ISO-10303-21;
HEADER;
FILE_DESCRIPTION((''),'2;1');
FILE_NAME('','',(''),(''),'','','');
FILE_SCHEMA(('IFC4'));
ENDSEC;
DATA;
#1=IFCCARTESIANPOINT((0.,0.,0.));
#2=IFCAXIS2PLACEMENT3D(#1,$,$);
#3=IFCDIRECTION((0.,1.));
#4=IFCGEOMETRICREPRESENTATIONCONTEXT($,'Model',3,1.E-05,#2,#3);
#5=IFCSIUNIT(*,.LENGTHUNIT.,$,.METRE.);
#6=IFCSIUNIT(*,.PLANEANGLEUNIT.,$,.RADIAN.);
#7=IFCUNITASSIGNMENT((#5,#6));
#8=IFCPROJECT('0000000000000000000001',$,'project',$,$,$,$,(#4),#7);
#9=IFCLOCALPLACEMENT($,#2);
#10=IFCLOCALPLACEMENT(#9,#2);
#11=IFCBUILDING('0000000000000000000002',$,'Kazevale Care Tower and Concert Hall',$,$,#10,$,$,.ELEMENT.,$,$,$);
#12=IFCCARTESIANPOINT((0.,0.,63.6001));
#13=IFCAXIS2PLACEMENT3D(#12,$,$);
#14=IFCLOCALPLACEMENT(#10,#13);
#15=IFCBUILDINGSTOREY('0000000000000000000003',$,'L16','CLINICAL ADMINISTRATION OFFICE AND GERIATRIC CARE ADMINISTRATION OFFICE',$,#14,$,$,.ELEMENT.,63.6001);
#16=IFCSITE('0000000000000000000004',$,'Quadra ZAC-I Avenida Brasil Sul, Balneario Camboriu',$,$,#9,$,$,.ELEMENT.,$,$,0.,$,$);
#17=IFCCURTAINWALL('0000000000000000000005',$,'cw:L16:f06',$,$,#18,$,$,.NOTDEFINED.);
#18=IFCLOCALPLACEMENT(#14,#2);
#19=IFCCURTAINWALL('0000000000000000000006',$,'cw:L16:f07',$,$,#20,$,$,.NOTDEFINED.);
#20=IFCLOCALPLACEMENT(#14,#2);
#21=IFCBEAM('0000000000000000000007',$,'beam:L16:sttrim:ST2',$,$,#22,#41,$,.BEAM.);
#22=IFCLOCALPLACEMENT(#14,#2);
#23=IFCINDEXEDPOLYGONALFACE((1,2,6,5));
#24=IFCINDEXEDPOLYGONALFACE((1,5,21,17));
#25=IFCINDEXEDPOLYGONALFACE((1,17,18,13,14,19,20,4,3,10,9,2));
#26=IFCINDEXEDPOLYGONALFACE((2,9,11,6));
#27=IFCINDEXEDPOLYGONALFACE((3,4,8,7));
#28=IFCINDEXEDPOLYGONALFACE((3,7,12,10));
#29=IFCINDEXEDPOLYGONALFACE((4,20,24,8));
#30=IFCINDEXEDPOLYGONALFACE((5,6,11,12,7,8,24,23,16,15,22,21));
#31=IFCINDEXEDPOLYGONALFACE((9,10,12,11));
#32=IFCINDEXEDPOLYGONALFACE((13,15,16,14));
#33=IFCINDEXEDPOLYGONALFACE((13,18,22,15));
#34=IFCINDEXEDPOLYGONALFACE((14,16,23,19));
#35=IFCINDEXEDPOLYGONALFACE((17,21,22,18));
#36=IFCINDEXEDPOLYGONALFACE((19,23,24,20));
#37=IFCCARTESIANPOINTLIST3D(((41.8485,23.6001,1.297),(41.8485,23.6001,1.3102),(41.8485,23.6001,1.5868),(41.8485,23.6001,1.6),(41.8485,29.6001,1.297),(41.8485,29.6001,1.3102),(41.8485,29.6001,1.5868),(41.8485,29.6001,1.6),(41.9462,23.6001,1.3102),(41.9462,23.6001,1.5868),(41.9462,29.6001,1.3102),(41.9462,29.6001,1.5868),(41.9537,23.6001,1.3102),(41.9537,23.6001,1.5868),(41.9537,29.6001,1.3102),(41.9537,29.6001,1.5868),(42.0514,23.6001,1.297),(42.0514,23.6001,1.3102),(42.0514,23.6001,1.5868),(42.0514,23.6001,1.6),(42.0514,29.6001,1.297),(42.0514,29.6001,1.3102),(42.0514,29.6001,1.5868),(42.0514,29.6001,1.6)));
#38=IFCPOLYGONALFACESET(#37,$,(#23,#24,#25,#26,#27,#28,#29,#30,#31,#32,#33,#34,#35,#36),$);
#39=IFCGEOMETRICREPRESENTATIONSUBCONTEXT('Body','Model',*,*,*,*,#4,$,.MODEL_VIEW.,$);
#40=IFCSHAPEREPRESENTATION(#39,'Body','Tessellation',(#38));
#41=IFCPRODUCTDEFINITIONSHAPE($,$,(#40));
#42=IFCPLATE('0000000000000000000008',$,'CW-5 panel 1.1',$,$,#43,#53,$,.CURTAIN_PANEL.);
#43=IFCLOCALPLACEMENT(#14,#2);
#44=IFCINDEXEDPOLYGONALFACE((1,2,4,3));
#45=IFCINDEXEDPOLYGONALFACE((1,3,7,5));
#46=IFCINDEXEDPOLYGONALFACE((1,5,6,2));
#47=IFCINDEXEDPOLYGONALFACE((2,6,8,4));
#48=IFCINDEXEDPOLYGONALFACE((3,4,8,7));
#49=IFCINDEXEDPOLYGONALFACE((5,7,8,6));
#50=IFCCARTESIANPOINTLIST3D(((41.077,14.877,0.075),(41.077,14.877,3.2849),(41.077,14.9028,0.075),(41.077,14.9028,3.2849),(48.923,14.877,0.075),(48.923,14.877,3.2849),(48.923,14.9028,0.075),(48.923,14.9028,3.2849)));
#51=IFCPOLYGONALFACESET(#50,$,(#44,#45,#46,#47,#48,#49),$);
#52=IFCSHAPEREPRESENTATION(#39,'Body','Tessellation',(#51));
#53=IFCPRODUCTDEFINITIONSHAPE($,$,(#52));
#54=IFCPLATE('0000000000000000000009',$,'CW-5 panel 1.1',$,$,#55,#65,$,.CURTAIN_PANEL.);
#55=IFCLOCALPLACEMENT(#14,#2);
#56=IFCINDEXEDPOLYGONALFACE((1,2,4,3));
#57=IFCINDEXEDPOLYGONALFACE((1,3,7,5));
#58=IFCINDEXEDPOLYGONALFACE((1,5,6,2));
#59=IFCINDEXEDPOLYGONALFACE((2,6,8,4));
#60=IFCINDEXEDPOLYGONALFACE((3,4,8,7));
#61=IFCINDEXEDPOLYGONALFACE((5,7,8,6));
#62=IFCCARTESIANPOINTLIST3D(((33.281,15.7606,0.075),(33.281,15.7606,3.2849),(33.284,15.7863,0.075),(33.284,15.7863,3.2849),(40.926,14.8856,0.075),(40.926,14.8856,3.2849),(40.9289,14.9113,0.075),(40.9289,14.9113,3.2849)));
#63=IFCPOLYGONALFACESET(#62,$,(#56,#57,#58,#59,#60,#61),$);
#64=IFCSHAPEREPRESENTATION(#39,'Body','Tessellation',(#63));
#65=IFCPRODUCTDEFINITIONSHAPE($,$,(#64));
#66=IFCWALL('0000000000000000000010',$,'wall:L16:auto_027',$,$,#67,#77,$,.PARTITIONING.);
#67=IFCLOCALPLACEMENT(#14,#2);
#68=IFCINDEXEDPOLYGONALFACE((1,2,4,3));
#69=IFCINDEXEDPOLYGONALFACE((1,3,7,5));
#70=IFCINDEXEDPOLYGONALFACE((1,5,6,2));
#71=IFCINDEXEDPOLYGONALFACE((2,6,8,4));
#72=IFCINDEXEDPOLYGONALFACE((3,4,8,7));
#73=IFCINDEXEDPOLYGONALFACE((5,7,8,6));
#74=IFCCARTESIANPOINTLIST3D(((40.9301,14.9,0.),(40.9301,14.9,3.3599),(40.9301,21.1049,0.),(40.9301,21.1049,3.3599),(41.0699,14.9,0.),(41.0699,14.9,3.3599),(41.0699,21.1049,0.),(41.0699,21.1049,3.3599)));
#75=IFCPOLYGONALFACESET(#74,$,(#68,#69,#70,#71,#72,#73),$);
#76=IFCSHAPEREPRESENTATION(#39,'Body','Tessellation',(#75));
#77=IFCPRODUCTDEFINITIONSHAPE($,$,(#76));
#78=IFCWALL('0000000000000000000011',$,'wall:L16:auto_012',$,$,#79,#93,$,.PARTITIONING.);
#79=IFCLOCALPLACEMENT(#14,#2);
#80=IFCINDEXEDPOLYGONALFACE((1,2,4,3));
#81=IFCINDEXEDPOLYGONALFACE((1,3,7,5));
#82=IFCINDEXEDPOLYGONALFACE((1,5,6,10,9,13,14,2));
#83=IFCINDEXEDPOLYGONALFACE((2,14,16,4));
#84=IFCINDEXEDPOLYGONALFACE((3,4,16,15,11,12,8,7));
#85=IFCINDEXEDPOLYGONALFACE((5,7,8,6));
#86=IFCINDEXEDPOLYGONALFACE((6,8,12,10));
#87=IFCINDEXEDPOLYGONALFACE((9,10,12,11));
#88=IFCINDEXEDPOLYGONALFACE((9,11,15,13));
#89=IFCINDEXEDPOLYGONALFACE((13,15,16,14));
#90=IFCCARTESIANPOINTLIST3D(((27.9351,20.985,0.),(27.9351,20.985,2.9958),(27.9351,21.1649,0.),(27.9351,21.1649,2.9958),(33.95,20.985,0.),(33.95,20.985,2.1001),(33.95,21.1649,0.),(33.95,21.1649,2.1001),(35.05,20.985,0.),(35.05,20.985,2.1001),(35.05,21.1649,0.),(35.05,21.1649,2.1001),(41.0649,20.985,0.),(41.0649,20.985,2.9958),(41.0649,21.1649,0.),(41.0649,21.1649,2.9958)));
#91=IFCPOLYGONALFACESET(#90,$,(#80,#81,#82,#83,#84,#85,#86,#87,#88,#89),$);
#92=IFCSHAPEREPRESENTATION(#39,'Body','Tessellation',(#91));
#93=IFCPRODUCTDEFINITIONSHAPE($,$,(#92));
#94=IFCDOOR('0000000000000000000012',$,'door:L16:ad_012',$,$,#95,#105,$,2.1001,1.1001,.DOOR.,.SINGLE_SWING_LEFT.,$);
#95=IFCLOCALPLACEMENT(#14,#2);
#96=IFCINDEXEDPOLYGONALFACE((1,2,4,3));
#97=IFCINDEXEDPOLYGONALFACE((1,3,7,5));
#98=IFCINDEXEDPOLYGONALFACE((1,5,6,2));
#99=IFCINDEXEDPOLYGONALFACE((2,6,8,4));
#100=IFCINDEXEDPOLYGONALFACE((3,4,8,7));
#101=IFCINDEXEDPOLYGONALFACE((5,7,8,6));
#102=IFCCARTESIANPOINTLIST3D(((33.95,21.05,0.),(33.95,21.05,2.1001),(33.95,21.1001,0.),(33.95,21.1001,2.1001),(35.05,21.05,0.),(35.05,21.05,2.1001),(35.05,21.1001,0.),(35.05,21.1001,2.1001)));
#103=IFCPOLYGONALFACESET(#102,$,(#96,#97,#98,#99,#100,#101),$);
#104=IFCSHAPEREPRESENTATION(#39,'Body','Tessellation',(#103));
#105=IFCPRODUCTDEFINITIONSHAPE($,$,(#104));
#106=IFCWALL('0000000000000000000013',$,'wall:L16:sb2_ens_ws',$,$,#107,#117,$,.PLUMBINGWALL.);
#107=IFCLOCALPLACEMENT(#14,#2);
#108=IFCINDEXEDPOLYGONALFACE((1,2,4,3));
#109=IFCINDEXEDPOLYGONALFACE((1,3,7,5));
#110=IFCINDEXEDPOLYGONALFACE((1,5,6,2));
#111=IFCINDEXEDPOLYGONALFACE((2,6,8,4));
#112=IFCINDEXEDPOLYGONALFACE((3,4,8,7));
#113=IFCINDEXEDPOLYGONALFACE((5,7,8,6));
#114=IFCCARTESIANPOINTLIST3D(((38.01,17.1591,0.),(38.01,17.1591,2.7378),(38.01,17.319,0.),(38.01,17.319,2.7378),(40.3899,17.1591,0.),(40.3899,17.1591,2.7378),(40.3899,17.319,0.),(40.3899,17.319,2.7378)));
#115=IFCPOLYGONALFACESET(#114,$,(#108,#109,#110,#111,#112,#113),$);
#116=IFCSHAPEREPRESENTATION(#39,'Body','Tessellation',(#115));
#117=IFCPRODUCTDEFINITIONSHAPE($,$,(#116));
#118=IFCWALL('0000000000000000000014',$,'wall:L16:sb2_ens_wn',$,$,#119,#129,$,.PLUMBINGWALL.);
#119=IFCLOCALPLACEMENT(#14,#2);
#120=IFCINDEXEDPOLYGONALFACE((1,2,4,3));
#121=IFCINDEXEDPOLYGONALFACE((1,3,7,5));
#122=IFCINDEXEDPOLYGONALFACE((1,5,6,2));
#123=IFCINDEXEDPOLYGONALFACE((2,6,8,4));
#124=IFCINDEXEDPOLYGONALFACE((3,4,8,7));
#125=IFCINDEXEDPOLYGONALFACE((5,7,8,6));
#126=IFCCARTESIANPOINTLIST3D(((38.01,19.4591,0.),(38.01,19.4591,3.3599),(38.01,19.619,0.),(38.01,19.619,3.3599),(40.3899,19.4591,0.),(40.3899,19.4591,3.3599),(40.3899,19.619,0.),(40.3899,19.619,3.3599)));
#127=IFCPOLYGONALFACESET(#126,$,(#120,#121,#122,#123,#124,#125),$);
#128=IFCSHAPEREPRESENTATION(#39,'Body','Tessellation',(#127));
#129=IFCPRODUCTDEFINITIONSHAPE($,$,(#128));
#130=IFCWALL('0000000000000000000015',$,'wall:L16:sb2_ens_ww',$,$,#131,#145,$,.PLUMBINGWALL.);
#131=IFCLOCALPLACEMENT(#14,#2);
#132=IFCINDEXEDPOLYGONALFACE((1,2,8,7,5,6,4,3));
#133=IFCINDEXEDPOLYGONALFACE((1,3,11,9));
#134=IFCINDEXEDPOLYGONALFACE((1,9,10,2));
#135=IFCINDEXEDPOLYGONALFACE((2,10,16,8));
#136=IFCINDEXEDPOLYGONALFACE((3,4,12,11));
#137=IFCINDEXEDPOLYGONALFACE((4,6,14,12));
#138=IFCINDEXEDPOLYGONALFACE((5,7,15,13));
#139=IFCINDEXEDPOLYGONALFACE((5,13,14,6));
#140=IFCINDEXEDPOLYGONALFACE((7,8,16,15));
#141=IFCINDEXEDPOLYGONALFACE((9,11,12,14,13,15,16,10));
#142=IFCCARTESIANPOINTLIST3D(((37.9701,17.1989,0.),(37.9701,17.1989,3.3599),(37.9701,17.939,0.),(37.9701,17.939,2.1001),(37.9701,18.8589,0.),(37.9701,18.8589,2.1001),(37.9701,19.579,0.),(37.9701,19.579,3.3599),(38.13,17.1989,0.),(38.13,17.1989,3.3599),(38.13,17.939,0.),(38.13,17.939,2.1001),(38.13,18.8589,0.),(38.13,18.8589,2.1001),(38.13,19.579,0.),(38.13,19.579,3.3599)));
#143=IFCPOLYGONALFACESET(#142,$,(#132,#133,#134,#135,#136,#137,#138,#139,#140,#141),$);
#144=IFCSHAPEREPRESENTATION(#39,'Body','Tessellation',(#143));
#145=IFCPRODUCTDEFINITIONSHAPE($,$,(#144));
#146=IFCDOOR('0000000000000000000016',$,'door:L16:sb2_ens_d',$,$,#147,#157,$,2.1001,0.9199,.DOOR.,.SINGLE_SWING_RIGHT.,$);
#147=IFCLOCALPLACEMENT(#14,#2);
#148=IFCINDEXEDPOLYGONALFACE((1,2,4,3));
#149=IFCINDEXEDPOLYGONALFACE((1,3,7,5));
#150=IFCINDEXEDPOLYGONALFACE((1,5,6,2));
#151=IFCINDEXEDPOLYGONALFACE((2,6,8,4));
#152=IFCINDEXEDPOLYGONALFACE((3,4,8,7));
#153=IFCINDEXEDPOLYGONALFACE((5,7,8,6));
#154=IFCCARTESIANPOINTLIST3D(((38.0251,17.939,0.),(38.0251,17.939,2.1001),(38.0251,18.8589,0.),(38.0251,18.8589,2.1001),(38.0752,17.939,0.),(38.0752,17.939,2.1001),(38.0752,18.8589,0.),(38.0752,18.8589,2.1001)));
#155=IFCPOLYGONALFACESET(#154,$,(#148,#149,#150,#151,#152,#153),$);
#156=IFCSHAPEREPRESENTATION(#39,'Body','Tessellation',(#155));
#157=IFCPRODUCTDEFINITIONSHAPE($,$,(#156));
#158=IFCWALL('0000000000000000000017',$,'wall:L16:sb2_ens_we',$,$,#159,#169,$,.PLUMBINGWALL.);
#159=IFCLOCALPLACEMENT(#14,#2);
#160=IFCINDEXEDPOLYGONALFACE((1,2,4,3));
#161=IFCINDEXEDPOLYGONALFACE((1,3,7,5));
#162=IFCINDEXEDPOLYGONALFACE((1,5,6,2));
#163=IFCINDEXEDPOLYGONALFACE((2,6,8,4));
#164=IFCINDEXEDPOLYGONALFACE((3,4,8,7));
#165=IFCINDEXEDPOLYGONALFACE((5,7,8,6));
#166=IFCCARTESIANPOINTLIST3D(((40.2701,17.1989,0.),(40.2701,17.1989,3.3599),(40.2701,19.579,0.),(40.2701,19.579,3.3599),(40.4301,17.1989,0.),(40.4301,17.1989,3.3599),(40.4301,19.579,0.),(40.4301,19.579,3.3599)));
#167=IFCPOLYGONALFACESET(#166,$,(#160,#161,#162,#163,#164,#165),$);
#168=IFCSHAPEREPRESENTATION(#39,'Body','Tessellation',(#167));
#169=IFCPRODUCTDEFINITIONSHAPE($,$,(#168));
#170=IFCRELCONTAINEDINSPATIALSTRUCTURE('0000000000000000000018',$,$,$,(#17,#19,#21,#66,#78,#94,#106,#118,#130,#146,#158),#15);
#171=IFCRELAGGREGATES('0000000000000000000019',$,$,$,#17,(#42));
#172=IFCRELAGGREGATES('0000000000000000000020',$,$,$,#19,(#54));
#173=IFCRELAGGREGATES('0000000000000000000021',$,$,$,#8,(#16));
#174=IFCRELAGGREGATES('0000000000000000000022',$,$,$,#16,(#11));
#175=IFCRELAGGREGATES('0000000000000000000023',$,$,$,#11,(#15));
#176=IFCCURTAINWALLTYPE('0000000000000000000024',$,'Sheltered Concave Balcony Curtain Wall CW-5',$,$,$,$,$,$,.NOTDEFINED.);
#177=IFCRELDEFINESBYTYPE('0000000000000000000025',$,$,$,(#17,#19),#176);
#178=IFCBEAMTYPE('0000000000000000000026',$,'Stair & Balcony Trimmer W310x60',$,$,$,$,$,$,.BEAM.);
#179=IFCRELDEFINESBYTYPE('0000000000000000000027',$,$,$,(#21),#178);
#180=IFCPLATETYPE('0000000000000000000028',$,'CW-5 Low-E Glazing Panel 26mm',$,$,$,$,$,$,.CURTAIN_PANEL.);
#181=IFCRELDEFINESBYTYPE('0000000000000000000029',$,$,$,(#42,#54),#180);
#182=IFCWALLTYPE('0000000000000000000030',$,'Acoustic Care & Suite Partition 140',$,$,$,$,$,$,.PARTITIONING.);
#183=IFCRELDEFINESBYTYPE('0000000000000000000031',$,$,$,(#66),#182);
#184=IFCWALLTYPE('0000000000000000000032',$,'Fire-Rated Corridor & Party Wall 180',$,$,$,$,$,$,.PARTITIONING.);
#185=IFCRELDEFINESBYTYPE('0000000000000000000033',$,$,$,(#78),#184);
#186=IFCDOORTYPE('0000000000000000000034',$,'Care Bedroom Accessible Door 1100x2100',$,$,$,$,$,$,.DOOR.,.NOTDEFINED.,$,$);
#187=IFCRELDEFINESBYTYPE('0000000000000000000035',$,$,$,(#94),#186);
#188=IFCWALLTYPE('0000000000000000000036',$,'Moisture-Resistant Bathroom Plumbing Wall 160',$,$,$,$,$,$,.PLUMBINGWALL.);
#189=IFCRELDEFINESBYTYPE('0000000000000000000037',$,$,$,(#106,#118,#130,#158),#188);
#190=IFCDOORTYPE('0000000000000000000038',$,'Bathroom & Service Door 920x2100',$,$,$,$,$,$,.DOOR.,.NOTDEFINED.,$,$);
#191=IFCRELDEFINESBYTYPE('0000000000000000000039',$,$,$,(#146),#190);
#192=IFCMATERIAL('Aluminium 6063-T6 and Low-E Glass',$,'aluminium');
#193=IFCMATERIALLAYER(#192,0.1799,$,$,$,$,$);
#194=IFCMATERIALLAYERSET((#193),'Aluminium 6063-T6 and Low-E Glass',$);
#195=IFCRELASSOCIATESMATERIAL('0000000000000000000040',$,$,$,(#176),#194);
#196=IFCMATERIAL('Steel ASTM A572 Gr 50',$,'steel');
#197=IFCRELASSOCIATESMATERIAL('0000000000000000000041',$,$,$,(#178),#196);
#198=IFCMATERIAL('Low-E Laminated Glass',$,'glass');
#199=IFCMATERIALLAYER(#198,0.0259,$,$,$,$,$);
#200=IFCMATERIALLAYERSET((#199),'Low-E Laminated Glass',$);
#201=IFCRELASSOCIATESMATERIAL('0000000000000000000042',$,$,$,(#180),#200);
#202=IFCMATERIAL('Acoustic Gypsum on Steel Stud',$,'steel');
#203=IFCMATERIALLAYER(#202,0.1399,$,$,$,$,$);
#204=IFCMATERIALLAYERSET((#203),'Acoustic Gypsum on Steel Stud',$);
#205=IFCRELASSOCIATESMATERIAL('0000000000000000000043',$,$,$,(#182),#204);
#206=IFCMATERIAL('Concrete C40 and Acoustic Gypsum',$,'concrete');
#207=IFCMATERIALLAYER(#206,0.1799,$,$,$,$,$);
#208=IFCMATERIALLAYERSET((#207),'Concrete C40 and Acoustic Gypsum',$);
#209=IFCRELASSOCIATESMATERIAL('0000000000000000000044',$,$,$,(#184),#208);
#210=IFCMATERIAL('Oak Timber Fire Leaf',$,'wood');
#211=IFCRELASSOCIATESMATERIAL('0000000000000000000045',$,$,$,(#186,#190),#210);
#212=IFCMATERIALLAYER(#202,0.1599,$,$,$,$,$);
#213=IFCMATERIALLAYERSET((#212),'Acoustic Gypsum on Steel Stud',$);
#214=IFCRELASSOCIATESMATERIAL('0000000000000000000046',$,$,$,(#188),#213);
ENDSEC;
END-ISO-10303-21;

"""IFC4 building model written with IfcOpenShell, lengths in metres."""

from ifc_helpers import new_model, si_unit, direction, frame, frame_2d, origin, origin_2d, place, context, subcontext, project, spatial, rectangle, i_section, extrude, material, layer, layer_set, material_profile, profile_set, type_object, element, fill, aggregate, save


model = new_model("IFC4")

# Units and contexts
model_context = context("Model", 3, precision=1e-05, world=origin(), true_north=direction((0.0, 1.0)))
body_context = subcontext(model_context, "Body", "Model", "MODEL_VIEW")
ifc_project = project(units=[si_unit("LENGTHUNIT", "METRE"), si_unit("PLANEANGLEUNIT", "RADIAN")], contexts=[model_context])

# Site, building, storey
site_placement = place(None, origin())
site = spatial("IfcSite", under=ifc_project, at=site_placement, Name="Quadra ZAC-I Avenida Brasil Sul, Balneario Camboriu", CompositionType="ELEMENT", RefElevation=0.0)
building_placement = place(site_placement, origin())
building = spatial("IfcBuilding", under=site, at=building_placement, Name="Kazevale Care Tower and Concert Hall", CompositionType="ELEMENT")
storey_placement = place(building_placement, frame((0.0, 0.0, 63.6001)))
storey = spatial("IfcBuildingStorey", under=building, at=storey_placement, Name="L16", Description="CLINICAL ADMINISTRATION OFFICE AND GERIATRIC CARE ADMINISTRATION OFFICE", CompositionType="ELEMENT", Elevation=63.6001)

# Curtain wall
ifc_material_1 = material(Name="Aluminium 6063-T6 and Low-E Glass", Category="aluminium")
ifc_layer_1 = layer(ifc_material_1, 0.1799)
ifc_layer_set_1 = layer_set([ifc_layer_1], Name="Aluminium 6063-T6 and Low-E Glass")
curtain_wall_type = type_object("IfcCurtainWallType", Name="Sheltered Concave Balcony Curtain Wall CW-5", PredefinedType="NOTDEFINED", material=ifc_layer_set_1)
curtain_wall_1_placement = place(storey_placement, origin())
curtain_wall_1 = element("IfcCurtainWall", 1, at=curtain_wall_1_placement, inside=storey, type_object=curtain_wall_type, Name="cw:L16:f06", PredefinedType="NOTDEFINED")

# Curtain wall
curtain_wall_2_placement = place(storey_placement, origin())
curtain_wall_2 = element("IfcCurtainWall", 2, at=curtain_wall_2_placement, inside=storey, type_object=curtain_wall_type, Name="cw:L16:f07", PredefinedType="NOTDEFINED")

# Beam
ifc_material_2 = material(Name="Steel ASTM A572 Gr 50", Category="steel")
ifc_material_profile_1 = material_profile(ifc_material_2, i_section(OverallWidth=0.2029, OverallDepth=0.303, WebThickness=0.0076, FlangeThickness=0.0132, at=origin_2d()), Name="W310x60")
ifc_profile_set_1 = profile_set([ifc_material_profile_1], Name="Steel ASTM A572 Gr 50")
beam_type_1 = type_object("IfcBeamType", Name="Stair & Balcony Trimmer W310x60", PredefinedType="BEAM", material=ifc_profile_set_1)
beam_1_placement = place(storey_placement, frame((41.95, 23.6001, 1.4485), z_axis=(0.0, 1.0, 0.0), x_axis=(-1.0, 0.0, 0.0)))
element("IfcBeam", 3, at=beam_1_placement, inside=storey, type_object=beam_type_1, Name="beam:L16:sttrim:ST2", PredefinedType="BEAM", context=body_context, shape_type="SweptSolid", body=[
    extrude(i_section(OverallWidth=0.2029, OverallDepth=0.303, WebThickness=0.0076, FlangeThickness=0.0132, at=origin_2d()), origin(), (0.0, 0.0, 1.0), 6.0),
])

# Plates
ifc_material_3 = material(Name="Low-E Laminated Glass", Category="glass")
ifc_layer_2 = layer(ifc_material_3, 0.0259)
ifc_layer_set_2 = layer_set([ifc_layer_2], Name="Low-E Laminated Glass")
plate_type = type_object("IfcPlateType", Name="CW-5 Low-E Glazing Panel 26mm", PredefinedType="CURTAIN_PANEL", material=ifc_layer_set_2)
plate_1_placement = place(storey_placement, frame((45.0, 14.8899, 0.075), z_axis=(0.0, 0.0, 1.0), x_axis=(-1.0, 0.0, 0.0)))
plate_1 = element("IfcPlate", 4, at=plate_1_placement, type_object=plate_type, Name="CW-5 panel 1.1", PredefinedType="CURTAIN_PANEL", context=body_context, shape_type="SweptSolid", body=[
    extrude(rectangle(XDim=7.8459, YDim=0.0259, at=origin_2d()), origin(), (0.0, 0.0, 1.0), 3.21),
])
aggregate(curtain_wall_1, [plate_1])
plate_2_placement = place(storey_placement, frame((37.105, 15.3359, 0.075), z_axis=(0.0, 0.0, 1.0), x_axis=(-0.993515, 0.113705, 0.0)))
plate_2 = element("IfcPlate", 5, at=plate_2_placement, type_object=plate_type, Name="CW-5 panel 1.1", PredefinedType="CURTAIN_PANEL", context=body_context, shape_type="SweptSolid", body=[
    extrude(rectangle(XDim=7.6948, YDim=0.0259, at=origin_2d()), origin(), (0.0, 0.0, 1.0), 3.21),
])
aggregate(curtain_wall_2, [plate_2])

# Wall
ifc_material_4 = material(Name="Acoustic Gypsum on Steel Stud", Category="steel")
ifc_layer_3 = layer(ifc_material_4, 0.1399)
ifc_layer_set_3 = layer_set([ifc_layer_3], Name="Acoustic Gypsum on Steel Stud")
wall_type_1 = type_object("IfcWallType", Name="Acoustic Care & Suite Partition 140", PredefinedType="PARTITIONING", material=ifc_layer_set_3)
wall_1_placement = place(storey_placement, frame((41.0, 21.105, 0.0), z_axis=(0.0, 0.0, 1.0), x_axis=(0.0, -1.0, 0.0)))
element("IfcWall", 6, at=wall_1_placement, inside=storey, type_object=wall_type_1, Name="wall:L16:auto_027", PredefinedType="PARTITIONING", context=body_context, shape_type="SweptSolid", body=[
    extrude(rectangle(XDim=6.2048, YDim=0.1399, at=frame_2d((3.1025, 0.0))), origin(), (0.0, 0.0, 1.0), 3.3599),
])

# Wall, opening, door
ifc_material_5 = material(Name="Concrete C40 and Acoustic Gypsum", Category="concrete")
ifc_layer_4 = layer(ifc_material_5, 0.1799)
ifc_layer_set_4 = layer_set([ifc_layer_4], Name="Concrete C40 and Acoustic Gypsum")
wall_type_2 = type_object("IfcWallType", Name="Fire-Rated Corridor & Party Wall 180", PredefinedType="PARTITIONING", material=ifc_layer_set_4)
wall_2_placement = place(storey_placement, frame((41.0649, 21.075, 0.0), z_axis=(0.0, 0.0, 1.0), x_axis=(-1.0, 0.0, 0.0)))
wall_2 = element("IfcWall", 7, at=wall_2_placement, inside=storey, type_object=wall_type_2, Name="wall:L16:auto_012", PredefinedType="PARTITIONING", context=body_context, shape_type="SweptSolid", body=[
    extrude(rectangle(XDim=13.1299, YDim=0.1799, at=frame_2d((6.5649, 0.0))), origin(), (0.0, 0.0, 1.0), 2.9958),
])
opening_1_placement = place(wall_2_placement, frame((6.0149, 0.0, 0.0)))
opening_1 = element("IfcOpeningElement", 8, at=opening_1_placement, cuts=wall_2, PredefinedType="OPENING", context=body_context, shape_type="SweptSolid", body=[
    extrude(rectangle(XDim=1.1001, YDim=2.1001, at=frame_2d((0.55, 1.05))), frame((0.0, 0.0999, 0.0), z_axis=(0.0, -1.0, 0.0), x_axis=(1.0, 0.0, 0.0)), (0.0, 0.0, 1.0), 0.2),
])
ifc_material_6 = material(Name="Oak Timber Fire Leaf", Category="wood")
door_type_1 = type_object("IfcDoorType", Name="Care Bedroom Accessible Door 1100x2100", OperationType="NOTDEFINED", PredefinedType="DOOR", material=ifc_material_6)
door_1_placement = place(opening_1_placement, origin())
door_1 = element("IfcDoor", 9, at=door_1_placement, inside=storey, type_object=door_type_1, Name="door:L16:ad_012", OperationType="SINGLE_SWING_LEFT", OverallHeight=2.1001, OverallWidth=1.1001, PredefinedType="DOOR", context=body_context, shape_type="SweptSolid", body=[
    extrude(rectangle(XDim=1.1001, YDim=2.1001, at=frame_2d((0.55, 1.05))), frame((0.0, 0.0249, 0.0), z_axis=(0.0, -1.0, 0.0), x_axis=(1.0, 0.0, 0.0)), (0.0, 0.0, 1.0), 0.05),
])
fill(opening_1, door_1)

# Walls
ifc_layer_5 = layer(ifc_material_4, 0.1599)
ifc_layer_set_5 = layer_set([ifc_layer_5], Name="Acoustic Gypsum on Steel Stud")
wall_type_3 = type_object("IfcWallType", Name="Moisture-Resistant Bathroom Plumbing Wall 160", PredefinedType="PLUMBINGWALL", material=ifc_layer_set_5)
wall_3_placement = place(storey_placement, frame((38.01, 17.239, 0.0), z_axis=(0.0, 0.0, 1.0), x_axis=(1.0, 0.0, 0.0)))
element("IfcWall", 10, at=wall_3_placement, inside=storey, type_object=wall_type_3, Name="wall:L16:sb2_ens_ws", PredefinedType="PLUMBINGWALL", context=body_context, shape_type="SweptSolid", body=[
    extrude(rectangle(XDim=2.3799, YDim=0.1599, at=frame_2d((1.1899, 0.0))), origin(), (0.0, 0.0, 1.0), 2.7378),
])
wall_4_placement = place(storey_placement, frame((38.01, 19.5391, 0.0), z_axis=(0.0, 0.0, 1.0), x_axis=(1.0, 0.0, 0.0)))
element("IfcWall", 11, at=wall_4_placement, inside=storey, type_object=wall_type_3, Name="wall:L16:sb2_ens_wn", PredefinedType="PLUMBINGWALL", context=body_context, shape_type="SweptSolid", body=[
    extrude(rectangle(XDim=2.3799, YDim=0.1599, at=frame_2d((1.1899, 0.0))), origin(), (0.0, 0.0, 1.0), 3.3599),
])

# Wall, opening, door
wall_5_placement = place(storey_placement, frame((38.05, 17.199, 0.0), z_axis=(0.0, 0.0, 1.0), x_axis=(0.0, 1.0, 0.0)))
wall_5 = element("IfcWall", 12, at=wall_5_placement, inside=storey, type_object=wall_type_3, Name="wall:L16:sb2_ens_ww", PredefinedType="PLUMBINGWALL", context=body_context, shape_type="SweptSolid", body=[
    extrude(rectangle(XDim=2.3801, YDim=0.1599, at=frame_2d((1.1899, 0.0))), origin(), (0.0, 0.0, 1.0), 3.3599),
])
opening_2_placement = place(wall_5_placement, frame((0.74, 0.0, 0.0)))
opening_2 = element("IfcOpeningElement", 13, at=opening_2_placement, cuts=wall_5, PredefinedType="OPENING", context=body_context, shape_type="SweptSolid", body=[
    extrude(rectangle(XDim=0.9199, YDim=2.1001, at=frame_2d((0.46, 1.05))), frame((0.0, 0.0898, 0.0), z_axis=(0.0, -1.0, 0.0), x_axis=(1.0, 0.0, 0.0)), (0.0, 0.0, 1.0), 0.1799),
])
door_type_2 = type_object("IfcDoorType", Name="Bathroom & Service Door 920x2100", OperationType="NOTDEFINED", PredefinedType="DOOR", material=ifc_material_6)
door_2_placement = place(opening_2_placement, origin())
door_2 = element("IfcDoor", 14, at=door_2_placement, inside=storey, type_object=door_type_2, Name="door:L16:sb2_ens_d", OperationType="SINGLE_SWING_RIGHT", OverallHeight=2.1001, OverallWidth=0.9199, PredefinedType="DOOR", context=body_context, shape_type="SweptSolid", body=[
    extrude(rectangle(XDim=0.9199, YDim=2.1001, at=frame_2d((0.46, 1.05))), frame((0.0, 0.0249, 0.0), z_axis=(0.0, -1.0, 0.0), x_axis=(1.0, 0.0, 0.0)), (0.0, 0.0, 1.0), 0.05),
])
fill(opening_2, door_2)

# Wall
wall_6_placement = place(storey_placement, frame((40.3501, 17.199, 0.0), z_axis=(0.0, 0.0, 1.0), x_axis=(0.0, 1.0, 0.0)))
element("IfcWall", 15, at=wall_6_placement, inside=storey, type_object=wall_type_3, Name="wall:L16:sb2_ens_we", PredefinedType="PLUMBINGWALL", context=body_context, shape_type="SweptSolid", body=[
    extrude(rectangle(XDim=2.3801, YDim=0.1599, at=frame_2d((1.1899, 0.0))), origin(), (0.0, 0.0, 1.0), 3.3599),
])

save(model, "model.ifc")
